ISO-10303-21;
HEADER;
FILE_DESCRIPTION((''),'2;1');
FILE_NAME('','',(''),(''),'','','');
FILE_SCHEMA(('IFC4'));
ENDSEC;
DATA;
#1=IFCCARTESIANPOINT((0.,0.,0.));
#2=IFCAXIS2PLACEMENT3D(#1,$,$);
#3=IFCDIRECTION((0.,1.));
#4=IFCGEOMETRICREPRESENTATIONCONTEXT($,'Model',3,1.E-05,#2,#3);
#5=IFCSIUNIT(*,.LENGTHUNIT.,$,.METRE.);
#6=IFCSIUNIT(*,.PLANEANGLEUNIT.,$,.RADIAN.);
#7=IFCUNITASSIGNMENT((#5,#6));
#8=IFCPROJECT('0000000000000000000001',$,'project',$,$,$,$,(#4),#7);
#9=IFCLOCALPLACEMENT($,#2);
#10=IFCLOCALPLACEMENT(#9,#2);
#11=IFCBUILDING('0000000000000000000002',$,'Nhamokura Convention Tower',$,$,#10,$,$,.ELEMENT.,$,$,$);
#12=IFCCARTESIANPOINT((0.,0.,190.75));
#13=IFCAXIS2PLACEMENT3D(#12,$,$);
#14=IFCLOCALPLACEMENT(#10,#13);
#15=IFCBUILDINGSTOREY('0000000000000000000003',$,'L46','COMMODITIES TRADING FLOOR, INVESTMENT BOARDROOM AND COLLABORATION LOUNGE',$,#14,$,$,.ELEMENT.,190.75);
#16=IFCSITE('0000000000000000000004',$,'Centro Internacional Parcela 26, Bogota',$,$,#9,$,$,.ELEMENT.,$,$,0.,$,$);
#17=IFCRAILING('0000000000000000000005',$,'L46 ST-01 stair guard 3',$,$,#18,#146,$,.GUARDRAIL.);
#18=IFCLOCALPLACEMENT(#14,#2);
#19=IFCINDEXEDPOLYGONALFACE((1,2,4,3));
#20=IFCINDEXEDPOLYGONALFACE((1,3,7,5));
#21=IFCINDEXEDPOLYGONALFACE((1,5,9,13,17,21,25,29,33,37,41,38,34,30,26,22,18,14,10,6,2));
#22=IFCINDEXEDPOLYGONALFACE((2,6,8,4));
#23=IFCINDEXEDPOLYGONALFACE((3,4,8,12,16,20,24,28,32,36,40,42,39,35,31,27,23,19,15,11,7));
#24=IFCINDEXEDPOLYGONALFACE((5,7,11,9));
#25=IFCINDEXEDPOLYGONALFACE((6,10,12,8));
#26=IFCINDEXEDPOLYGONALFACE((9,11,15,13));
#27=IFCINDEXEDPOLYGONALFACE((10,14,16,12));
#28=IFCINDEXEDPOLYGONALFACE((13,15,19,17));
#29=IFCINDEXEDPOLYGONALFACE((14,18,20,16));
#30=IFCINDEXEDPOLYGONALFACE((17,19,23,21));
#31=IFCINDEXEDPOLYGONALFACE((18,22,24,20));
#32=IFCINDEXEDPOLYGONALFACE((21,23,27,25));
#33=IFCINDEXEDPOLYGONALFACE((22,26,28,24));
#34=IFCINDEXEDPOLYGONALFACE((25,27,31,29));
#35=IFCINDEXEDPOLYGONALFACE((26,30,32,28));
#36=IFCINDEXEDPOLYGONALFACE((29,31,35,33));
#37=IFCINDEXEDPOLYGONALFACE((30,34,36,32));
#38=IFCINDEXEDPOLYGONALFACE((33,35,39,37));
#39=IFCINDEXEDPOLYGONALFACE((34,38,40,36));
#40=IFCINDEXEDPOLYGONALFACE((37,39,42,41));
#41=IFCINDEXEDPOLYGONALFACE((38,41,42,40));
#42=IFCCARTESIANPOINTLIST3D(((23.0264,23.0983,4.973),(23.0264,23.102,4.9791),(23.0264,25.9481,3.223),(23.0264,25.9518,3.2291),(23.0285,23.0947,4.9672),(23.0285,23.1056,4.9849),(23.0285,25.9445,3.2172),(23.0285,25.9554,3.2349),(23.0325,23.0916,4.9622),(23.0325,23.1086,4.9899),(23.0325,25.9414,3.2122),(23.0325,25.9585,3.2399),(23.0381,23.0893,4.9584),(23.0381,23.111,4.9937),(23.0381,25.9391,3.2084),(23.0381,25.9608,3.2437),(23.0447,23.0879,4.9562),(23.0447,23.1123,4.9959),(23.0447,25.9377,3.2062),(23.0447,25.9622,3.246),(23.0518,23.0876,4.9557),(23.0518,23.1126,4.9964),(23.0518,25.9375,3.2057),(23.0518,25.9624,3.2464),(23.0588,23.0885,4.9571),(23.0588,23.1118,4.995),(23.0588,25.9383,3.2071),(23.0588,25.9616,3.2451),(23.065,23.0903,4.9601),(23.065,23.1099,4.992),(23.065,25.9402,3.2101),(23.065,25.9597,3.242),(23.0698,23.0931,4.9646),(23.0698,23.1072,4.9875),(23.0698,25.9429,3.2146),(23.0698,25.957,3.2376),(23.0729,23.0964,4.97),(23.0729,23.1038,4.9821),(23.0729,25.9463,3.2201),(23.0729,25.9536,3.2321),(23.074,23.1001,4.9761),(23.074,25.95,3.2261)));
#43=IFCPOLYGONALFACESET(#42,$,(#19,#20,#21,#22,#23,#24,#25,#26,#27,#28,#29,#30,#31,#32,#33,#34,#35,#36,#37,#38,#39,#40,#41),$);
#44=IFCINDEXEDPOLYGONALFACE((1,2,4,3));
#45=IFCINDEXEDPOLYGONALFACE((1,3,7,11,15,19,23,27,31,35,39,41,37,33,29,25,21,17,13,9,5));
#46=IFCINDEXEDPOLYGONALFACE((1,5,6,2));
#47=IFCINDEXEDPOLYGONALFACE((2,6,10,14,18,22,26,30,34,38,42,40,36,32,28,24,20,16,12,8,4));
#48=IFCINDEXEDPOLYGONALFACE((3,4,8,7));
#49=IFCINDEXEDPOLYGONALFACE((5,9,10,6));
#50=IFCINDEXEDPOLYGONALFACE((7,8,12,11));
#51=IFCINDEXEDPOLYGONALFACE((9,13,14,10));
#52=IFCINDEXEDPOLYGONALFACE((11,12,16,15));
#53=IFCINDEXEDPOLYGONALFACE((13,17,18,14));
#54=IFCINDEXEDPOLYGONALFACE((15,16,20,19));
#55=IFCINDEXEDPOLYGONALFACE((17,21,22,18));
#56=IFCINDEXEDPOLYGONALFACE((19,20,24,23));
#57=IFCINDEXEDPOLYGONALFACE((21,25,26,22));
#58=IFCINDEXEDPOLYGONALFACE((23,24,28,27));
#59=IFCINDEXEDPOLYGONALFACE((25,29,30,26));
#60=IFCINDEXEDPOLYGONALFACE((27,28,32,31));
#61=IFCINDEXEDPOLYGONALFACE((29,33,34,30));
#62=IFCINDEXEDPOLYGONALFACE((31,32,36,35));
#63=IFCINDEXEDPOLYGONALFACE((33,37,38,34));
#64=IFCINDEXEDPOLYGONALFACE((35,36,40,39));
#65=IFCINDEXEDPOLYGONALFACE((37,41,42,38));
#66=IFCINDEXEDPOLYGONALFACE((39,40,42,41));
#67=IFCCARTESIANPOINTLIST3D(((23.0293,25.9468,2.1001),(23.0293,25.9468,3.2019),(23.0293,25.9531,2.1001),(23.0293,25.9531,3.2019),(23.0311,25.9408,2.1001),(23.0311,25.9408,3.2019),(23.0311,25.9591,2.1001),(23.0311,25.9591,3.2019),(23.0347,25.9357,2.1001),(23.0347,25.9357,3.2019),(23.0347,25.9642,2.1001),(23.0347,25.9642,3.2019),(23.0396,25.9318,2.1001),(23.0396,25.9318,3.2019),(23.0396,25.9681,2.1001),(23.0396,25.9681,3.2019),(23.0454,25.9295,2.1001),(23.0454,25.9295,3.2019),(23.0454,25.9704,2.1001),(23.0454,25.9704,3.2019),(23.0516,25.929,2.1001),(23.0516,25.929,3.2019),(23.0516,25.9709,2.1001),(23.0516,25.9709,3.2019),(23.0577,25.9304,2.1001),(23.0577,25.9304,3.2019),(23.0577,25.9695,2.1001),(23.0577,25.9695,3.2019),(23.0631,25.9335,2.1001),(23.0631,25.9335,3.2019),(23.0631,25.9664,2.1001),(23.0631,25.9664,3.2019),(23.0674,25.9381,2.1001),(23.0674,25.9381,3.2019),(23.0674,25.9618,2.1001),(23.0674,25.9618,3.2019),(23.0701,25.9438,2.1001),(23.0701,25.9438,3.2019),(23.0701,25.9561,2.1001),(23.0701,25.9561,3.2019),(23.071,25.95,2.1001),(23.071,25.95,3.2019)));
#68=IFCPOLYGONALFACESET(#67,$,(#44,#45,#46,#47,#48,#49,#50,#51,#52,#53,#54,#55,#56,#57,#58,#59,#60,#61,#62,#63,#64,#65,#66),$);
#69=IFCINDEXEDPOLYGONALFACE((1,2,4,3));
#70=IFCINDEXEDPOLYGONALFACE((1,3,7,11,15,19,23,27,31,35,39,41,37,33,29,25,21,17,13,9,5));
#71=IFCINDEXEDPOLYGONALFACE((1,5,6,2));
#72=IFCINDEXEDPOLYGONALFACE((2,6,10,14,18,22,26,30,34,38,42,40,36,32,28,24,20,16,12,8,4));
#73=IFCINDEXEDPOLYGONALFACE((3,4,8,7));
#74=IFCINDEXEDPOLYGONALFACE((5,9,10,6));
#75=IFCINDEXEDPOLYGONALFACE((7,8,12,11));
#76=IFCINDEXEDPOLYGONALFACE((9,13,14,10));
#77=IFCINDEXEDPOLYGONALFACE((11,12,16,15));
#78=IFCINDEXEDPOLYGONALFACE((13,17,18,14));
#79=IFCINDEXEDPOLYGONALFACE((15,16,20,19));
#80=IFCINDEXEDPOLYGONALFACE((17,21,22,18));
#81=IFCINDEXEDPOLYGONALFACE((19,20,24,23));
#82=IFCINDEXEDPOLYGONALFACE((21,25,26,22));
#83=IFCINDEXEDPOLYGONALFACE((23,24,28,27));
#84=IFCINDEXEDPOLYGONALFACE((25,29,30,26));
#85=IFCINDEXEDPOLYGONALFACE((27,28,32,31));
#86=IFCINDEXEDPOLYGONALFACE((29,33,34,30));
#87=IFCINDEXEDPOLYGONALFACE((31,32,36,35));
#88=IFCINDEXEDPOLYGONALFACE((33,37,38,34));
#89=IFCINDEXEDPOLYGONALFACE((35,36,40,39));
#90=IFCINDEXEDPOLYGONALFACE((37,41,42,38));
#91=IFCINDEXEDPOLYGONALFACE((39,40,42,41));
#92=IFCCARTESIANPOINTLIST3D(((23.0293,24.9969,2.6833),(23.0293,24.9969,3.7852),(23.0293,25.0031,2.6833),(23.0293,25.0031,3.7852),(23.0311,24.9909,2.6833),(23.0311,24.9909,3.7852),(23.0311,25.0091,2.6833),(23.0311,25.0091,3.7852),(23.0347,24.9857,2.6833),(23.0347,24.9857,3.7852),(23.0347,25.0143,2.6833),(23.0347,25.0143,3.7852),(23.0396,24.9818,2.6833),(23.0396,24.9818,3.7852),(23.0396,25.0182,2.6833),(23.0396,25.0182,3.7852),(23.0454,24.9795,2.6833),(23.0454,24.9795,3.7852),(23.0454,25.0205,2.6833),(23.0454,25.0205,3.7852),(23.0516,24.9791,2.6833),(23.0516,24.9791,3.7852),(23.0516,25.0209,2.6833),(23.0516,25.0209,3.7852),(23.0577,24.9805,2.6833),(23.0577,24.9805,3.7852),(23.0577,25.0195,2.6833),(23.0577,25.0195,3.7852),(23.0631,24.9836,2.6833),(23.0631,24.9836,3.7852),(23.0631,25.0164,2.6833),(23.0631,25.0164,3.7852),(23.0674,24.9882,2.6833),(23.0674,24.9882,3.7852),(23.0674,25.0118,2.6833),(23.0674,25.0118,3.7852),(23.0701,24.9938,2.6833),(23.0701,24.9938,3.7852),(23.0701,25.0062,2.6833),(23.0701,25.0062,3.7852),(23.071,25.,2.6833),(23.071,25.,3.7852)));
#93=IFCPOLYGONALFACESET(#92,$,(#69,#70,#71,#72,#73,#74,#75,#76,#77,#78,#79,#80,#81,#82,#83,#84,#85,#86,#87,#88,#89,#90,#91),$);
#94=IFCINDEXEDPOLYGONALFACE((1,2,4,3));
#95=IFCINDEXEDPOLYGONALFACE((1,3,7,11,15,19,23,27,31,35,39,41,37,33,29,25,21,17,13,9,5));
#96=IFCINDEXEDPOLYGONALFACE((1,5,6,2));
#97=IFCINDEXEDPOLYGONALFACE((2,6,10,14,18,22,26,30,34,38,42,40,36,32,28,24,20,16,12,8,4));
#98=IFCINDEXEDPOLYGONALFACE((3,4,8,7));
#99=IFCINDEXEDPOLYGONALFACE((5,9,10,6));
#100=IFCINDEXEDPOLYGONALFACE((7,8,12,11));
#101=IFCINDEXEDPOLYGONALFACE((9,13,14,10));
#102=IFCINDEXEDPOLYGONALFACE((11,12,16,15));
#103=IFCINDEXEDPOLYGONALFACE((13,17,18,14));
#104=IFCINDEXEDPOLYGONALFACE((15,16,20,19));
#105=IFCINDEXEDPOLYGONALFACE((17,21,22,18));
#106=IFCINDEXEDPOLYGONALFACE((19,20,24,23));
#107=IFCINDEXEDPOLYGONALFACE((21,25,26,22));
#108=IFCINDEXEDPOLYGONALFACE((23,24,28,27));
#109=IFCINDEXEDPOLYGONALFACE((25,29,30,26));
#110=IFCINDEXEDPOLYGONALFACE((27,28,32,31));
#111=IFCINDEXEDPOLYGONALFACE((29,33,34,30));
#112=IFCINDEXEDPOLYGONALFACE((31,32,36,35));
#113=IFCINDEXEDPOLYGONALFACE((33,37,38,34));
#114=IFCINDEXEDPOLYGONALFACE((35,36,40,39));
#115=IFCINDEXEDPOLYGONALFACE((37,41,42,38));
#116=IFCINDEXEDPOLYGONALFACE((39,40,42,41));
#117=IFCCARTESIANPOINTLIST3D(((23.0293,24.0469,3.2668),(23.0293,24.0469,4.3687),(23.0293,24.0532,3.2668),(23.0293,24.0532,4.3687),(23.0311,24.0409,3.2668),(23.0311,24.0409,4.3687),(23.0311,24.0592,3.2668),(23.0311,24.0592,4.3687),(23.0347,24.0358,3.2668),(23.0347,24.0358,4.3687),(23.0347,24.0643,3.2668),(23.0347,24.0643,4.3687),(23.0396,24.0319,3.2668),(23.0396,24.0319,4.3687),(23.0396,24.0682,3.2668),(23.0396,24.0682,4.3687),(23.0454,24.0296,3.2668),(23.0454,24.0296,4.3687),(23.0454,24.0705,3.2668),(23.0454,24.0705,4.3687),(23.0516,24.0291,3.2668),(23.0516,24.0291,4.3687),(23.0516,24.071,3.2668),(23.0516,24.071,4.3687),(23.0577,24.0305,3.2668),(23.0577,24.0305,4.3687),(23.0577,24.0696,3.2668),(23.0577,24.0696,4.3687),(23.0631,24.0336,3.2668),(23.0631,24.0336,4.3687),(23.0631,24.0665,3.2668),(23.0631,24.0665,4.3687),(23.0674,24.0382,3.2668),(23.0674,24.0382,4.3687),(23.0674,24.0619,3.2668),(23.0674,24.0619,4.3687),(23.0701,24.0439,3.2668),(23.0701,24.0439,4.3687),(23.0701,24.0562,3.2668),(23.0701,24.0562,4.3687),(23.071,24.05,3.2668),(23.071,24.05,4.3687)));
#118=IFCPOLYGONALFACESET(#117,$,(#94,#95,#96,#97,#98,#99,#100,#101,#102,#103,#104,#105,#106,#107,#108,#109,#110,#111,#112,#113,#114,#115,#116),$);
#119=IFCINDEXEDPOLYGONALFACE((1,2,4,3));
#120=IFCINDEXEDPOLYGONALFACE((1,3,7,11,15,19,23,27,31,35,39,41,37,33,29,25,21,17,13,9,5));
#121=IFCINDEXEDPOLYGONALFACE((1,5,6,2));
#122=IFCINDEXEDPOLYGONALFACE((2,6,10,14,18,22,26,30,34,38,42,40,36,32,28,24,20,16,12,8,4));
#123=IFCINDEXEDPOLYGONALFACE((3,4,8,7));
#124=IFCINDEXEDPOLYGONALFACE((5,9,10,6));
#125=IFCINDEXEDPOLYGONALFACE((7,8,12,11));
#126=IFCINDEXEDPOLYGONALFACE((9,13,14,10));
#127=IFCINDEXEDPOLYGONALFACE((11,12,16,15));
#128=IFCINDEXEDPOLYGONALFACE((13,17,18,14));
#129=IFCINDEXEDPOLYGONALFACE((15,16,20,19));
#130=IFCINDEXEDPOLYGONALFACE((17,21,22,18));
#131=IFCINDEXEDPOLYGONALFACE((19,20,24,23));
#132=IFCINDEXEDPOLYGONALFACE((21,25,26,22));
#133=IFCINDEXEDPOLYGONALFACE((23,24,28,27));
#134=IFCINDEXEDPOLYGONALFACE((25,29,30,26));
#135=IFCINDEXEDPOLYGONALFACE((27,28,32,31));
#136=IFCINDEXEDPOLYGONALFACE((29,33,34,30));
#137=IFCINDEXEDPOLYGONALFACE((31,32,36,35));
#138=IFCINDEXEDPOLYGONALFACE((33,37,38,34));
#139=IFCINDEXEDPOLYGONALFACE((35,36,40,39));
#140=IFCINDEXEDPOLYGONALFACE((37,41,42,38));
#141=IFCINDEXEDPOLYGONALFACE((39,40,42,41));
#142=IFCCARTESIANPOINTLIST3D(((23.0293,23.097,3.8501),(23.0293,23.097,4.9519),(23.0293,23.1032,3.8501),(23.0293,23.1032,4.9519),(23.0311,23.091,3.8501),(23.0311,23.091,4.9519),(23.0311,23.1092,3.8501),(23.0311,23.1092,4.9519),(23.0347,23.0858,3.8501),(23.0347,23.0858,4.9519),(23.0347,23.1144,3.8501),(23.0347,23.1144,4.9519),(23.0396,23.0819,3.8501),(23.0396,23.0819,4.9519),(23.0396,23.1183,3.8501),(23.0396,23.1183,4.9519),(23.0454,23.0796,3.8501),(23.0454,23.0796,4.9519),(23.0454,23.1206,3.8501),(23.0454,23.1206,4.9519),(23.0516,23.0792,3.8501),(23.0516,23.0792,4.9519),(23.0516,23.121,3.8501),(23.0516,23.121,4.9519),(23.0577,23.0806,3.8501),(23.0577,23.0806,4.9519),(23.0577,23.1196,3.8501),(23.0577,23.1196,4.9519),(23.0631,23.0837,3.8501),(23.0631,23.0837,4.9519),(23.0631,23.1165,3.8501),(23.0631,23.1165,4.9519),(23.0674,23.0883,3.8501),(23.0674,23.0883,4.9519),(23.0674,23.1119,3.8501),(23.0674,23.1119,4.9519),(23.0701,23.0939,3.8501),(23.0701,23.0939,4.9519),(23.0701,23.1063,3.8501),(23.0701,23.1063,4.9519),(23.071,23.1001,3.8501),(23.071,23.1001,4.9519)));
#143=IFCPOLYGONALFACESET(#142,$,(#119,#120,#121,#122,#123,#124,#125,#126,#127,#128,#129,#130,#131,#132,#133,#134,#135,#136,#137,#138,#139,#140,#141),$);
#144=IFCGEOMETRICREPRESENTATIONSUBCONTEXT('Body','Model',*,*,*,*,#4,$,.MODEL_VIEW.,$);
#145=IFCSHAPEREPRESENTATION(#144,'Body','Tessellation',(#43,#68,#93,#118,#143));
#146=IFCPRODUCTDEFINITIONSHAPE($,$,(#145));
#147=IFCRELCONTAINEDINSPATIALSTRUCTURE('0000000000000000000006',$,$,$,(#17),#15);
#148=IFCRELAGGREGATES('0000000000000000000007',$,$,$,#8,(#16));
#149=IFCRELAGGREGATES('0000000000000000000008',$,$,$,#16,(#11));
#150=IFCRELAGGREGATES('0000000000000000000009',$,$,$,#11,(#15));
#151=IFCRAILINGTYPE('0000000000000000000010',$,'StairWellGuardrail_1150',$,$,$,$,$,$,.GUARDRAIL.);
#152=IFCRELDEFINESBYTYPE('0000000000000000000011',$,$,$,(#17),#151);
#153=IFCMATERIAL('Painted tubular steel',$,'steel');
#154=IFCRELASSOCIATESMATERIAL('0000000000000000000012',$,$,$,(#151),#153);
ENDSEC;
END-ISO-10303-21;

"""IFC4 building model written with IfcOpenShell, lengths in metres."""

from ifc_helpers import new_model, si_unit, direction, frame, origin, origin_2d, place, context, subcontext, project, spatial, circle, extrude, material, type_object, element, save


model = new_model("IFC4")

# Units and contexts
model_context = context("Model", 3, precision=1e-05, world=origin(), true_north=direction((0.0, 1.0)))
body_context = subcontext(model_context, "Body", "Model", "MODEL_VIEW")
ifc_project = project(units=[si_unit("LENGTHUNIT", "METRE"), si_unit("PLANEANGLEUNIT", "RADIAN")], contexts=[model_context])

# Site, building, storey
site_placement = place(None, origin())
site = spatial("IfcSite", under=ifc_project, at=site_placement, Name="Centro Internacional Parcela 26, Bogota", CompositionType="ELEMENT", RefElevation=0.0)
building_placement = place(site_placement, origin())
building = spatial("IfcBuilding", under=site, at=building_placement, Name="Nhamokura Convention Tower", CompositionType="ELEMENT")
storey_placement = place(building_placement, frame((0.0, 0.0, 190.75)))
storey = spatial("IfcBuildingStorey", under=building, at=storey_placement, Name="L46", Description="COMMODITIES TRADING FLOOR, INVESTMENT BOARDROOM AND COLLABORATION LOUNGE", CompositionType="ELEMENT", Elevation=190.75)

# Railing
ifc_material_1 = material(Name="Painted tubular steel", Category="steel")
railing_type_1 = type_object("IfcRailingType", Name="StairWellGuardrail_1150", PredefinedType="GUARDRAIL", material=ifc_material_1)
railing_1_placement = place(storey_placement, frame((23.05, 25.95, 2.1001)))
element("IfcRailing", 1, at=railing_1_placement, inside=storey, type_object=railing_type_1, Name="L46 ST-01 stair guard 3", PredefinedType="GUARDRAIL", context=body_context, shape_type="SweptSolid", body=[
    extrude(circle(Radius=0.0239, at=origin_2d()), frame((0.0, 0.0, 1.126), z_axis=(0.0, -0.852159, 0.523283), x_axis=(1.0, 0.0, 0.0)), (0.0, 0.0, 1.0), 3.3442),
    extrude(circle(Radius=0.021, at=origin_2d()), origin(), (0.0, 0.0, 1.0), 1.1018),
    extrude(circle(Radius=0.021, at=origin_2d()), frame((0.0, -0.95, 0.5833)), (0.0, 0.0, 1.0), 1.1018),
    extrude(circle(Radius=0.021, at=origin_2d()), frame((0.0, -1.8999, 1.1667)), (0.0, 0.0, 1.0), 1.1018),
    extrude(circle(Radius=0.021, at=origin_2d()), frame((0.0, -2.8499, 1.75)), (0.0, 0.0, 1.0), 1.1018),
])

save(model, "model.ifc")
